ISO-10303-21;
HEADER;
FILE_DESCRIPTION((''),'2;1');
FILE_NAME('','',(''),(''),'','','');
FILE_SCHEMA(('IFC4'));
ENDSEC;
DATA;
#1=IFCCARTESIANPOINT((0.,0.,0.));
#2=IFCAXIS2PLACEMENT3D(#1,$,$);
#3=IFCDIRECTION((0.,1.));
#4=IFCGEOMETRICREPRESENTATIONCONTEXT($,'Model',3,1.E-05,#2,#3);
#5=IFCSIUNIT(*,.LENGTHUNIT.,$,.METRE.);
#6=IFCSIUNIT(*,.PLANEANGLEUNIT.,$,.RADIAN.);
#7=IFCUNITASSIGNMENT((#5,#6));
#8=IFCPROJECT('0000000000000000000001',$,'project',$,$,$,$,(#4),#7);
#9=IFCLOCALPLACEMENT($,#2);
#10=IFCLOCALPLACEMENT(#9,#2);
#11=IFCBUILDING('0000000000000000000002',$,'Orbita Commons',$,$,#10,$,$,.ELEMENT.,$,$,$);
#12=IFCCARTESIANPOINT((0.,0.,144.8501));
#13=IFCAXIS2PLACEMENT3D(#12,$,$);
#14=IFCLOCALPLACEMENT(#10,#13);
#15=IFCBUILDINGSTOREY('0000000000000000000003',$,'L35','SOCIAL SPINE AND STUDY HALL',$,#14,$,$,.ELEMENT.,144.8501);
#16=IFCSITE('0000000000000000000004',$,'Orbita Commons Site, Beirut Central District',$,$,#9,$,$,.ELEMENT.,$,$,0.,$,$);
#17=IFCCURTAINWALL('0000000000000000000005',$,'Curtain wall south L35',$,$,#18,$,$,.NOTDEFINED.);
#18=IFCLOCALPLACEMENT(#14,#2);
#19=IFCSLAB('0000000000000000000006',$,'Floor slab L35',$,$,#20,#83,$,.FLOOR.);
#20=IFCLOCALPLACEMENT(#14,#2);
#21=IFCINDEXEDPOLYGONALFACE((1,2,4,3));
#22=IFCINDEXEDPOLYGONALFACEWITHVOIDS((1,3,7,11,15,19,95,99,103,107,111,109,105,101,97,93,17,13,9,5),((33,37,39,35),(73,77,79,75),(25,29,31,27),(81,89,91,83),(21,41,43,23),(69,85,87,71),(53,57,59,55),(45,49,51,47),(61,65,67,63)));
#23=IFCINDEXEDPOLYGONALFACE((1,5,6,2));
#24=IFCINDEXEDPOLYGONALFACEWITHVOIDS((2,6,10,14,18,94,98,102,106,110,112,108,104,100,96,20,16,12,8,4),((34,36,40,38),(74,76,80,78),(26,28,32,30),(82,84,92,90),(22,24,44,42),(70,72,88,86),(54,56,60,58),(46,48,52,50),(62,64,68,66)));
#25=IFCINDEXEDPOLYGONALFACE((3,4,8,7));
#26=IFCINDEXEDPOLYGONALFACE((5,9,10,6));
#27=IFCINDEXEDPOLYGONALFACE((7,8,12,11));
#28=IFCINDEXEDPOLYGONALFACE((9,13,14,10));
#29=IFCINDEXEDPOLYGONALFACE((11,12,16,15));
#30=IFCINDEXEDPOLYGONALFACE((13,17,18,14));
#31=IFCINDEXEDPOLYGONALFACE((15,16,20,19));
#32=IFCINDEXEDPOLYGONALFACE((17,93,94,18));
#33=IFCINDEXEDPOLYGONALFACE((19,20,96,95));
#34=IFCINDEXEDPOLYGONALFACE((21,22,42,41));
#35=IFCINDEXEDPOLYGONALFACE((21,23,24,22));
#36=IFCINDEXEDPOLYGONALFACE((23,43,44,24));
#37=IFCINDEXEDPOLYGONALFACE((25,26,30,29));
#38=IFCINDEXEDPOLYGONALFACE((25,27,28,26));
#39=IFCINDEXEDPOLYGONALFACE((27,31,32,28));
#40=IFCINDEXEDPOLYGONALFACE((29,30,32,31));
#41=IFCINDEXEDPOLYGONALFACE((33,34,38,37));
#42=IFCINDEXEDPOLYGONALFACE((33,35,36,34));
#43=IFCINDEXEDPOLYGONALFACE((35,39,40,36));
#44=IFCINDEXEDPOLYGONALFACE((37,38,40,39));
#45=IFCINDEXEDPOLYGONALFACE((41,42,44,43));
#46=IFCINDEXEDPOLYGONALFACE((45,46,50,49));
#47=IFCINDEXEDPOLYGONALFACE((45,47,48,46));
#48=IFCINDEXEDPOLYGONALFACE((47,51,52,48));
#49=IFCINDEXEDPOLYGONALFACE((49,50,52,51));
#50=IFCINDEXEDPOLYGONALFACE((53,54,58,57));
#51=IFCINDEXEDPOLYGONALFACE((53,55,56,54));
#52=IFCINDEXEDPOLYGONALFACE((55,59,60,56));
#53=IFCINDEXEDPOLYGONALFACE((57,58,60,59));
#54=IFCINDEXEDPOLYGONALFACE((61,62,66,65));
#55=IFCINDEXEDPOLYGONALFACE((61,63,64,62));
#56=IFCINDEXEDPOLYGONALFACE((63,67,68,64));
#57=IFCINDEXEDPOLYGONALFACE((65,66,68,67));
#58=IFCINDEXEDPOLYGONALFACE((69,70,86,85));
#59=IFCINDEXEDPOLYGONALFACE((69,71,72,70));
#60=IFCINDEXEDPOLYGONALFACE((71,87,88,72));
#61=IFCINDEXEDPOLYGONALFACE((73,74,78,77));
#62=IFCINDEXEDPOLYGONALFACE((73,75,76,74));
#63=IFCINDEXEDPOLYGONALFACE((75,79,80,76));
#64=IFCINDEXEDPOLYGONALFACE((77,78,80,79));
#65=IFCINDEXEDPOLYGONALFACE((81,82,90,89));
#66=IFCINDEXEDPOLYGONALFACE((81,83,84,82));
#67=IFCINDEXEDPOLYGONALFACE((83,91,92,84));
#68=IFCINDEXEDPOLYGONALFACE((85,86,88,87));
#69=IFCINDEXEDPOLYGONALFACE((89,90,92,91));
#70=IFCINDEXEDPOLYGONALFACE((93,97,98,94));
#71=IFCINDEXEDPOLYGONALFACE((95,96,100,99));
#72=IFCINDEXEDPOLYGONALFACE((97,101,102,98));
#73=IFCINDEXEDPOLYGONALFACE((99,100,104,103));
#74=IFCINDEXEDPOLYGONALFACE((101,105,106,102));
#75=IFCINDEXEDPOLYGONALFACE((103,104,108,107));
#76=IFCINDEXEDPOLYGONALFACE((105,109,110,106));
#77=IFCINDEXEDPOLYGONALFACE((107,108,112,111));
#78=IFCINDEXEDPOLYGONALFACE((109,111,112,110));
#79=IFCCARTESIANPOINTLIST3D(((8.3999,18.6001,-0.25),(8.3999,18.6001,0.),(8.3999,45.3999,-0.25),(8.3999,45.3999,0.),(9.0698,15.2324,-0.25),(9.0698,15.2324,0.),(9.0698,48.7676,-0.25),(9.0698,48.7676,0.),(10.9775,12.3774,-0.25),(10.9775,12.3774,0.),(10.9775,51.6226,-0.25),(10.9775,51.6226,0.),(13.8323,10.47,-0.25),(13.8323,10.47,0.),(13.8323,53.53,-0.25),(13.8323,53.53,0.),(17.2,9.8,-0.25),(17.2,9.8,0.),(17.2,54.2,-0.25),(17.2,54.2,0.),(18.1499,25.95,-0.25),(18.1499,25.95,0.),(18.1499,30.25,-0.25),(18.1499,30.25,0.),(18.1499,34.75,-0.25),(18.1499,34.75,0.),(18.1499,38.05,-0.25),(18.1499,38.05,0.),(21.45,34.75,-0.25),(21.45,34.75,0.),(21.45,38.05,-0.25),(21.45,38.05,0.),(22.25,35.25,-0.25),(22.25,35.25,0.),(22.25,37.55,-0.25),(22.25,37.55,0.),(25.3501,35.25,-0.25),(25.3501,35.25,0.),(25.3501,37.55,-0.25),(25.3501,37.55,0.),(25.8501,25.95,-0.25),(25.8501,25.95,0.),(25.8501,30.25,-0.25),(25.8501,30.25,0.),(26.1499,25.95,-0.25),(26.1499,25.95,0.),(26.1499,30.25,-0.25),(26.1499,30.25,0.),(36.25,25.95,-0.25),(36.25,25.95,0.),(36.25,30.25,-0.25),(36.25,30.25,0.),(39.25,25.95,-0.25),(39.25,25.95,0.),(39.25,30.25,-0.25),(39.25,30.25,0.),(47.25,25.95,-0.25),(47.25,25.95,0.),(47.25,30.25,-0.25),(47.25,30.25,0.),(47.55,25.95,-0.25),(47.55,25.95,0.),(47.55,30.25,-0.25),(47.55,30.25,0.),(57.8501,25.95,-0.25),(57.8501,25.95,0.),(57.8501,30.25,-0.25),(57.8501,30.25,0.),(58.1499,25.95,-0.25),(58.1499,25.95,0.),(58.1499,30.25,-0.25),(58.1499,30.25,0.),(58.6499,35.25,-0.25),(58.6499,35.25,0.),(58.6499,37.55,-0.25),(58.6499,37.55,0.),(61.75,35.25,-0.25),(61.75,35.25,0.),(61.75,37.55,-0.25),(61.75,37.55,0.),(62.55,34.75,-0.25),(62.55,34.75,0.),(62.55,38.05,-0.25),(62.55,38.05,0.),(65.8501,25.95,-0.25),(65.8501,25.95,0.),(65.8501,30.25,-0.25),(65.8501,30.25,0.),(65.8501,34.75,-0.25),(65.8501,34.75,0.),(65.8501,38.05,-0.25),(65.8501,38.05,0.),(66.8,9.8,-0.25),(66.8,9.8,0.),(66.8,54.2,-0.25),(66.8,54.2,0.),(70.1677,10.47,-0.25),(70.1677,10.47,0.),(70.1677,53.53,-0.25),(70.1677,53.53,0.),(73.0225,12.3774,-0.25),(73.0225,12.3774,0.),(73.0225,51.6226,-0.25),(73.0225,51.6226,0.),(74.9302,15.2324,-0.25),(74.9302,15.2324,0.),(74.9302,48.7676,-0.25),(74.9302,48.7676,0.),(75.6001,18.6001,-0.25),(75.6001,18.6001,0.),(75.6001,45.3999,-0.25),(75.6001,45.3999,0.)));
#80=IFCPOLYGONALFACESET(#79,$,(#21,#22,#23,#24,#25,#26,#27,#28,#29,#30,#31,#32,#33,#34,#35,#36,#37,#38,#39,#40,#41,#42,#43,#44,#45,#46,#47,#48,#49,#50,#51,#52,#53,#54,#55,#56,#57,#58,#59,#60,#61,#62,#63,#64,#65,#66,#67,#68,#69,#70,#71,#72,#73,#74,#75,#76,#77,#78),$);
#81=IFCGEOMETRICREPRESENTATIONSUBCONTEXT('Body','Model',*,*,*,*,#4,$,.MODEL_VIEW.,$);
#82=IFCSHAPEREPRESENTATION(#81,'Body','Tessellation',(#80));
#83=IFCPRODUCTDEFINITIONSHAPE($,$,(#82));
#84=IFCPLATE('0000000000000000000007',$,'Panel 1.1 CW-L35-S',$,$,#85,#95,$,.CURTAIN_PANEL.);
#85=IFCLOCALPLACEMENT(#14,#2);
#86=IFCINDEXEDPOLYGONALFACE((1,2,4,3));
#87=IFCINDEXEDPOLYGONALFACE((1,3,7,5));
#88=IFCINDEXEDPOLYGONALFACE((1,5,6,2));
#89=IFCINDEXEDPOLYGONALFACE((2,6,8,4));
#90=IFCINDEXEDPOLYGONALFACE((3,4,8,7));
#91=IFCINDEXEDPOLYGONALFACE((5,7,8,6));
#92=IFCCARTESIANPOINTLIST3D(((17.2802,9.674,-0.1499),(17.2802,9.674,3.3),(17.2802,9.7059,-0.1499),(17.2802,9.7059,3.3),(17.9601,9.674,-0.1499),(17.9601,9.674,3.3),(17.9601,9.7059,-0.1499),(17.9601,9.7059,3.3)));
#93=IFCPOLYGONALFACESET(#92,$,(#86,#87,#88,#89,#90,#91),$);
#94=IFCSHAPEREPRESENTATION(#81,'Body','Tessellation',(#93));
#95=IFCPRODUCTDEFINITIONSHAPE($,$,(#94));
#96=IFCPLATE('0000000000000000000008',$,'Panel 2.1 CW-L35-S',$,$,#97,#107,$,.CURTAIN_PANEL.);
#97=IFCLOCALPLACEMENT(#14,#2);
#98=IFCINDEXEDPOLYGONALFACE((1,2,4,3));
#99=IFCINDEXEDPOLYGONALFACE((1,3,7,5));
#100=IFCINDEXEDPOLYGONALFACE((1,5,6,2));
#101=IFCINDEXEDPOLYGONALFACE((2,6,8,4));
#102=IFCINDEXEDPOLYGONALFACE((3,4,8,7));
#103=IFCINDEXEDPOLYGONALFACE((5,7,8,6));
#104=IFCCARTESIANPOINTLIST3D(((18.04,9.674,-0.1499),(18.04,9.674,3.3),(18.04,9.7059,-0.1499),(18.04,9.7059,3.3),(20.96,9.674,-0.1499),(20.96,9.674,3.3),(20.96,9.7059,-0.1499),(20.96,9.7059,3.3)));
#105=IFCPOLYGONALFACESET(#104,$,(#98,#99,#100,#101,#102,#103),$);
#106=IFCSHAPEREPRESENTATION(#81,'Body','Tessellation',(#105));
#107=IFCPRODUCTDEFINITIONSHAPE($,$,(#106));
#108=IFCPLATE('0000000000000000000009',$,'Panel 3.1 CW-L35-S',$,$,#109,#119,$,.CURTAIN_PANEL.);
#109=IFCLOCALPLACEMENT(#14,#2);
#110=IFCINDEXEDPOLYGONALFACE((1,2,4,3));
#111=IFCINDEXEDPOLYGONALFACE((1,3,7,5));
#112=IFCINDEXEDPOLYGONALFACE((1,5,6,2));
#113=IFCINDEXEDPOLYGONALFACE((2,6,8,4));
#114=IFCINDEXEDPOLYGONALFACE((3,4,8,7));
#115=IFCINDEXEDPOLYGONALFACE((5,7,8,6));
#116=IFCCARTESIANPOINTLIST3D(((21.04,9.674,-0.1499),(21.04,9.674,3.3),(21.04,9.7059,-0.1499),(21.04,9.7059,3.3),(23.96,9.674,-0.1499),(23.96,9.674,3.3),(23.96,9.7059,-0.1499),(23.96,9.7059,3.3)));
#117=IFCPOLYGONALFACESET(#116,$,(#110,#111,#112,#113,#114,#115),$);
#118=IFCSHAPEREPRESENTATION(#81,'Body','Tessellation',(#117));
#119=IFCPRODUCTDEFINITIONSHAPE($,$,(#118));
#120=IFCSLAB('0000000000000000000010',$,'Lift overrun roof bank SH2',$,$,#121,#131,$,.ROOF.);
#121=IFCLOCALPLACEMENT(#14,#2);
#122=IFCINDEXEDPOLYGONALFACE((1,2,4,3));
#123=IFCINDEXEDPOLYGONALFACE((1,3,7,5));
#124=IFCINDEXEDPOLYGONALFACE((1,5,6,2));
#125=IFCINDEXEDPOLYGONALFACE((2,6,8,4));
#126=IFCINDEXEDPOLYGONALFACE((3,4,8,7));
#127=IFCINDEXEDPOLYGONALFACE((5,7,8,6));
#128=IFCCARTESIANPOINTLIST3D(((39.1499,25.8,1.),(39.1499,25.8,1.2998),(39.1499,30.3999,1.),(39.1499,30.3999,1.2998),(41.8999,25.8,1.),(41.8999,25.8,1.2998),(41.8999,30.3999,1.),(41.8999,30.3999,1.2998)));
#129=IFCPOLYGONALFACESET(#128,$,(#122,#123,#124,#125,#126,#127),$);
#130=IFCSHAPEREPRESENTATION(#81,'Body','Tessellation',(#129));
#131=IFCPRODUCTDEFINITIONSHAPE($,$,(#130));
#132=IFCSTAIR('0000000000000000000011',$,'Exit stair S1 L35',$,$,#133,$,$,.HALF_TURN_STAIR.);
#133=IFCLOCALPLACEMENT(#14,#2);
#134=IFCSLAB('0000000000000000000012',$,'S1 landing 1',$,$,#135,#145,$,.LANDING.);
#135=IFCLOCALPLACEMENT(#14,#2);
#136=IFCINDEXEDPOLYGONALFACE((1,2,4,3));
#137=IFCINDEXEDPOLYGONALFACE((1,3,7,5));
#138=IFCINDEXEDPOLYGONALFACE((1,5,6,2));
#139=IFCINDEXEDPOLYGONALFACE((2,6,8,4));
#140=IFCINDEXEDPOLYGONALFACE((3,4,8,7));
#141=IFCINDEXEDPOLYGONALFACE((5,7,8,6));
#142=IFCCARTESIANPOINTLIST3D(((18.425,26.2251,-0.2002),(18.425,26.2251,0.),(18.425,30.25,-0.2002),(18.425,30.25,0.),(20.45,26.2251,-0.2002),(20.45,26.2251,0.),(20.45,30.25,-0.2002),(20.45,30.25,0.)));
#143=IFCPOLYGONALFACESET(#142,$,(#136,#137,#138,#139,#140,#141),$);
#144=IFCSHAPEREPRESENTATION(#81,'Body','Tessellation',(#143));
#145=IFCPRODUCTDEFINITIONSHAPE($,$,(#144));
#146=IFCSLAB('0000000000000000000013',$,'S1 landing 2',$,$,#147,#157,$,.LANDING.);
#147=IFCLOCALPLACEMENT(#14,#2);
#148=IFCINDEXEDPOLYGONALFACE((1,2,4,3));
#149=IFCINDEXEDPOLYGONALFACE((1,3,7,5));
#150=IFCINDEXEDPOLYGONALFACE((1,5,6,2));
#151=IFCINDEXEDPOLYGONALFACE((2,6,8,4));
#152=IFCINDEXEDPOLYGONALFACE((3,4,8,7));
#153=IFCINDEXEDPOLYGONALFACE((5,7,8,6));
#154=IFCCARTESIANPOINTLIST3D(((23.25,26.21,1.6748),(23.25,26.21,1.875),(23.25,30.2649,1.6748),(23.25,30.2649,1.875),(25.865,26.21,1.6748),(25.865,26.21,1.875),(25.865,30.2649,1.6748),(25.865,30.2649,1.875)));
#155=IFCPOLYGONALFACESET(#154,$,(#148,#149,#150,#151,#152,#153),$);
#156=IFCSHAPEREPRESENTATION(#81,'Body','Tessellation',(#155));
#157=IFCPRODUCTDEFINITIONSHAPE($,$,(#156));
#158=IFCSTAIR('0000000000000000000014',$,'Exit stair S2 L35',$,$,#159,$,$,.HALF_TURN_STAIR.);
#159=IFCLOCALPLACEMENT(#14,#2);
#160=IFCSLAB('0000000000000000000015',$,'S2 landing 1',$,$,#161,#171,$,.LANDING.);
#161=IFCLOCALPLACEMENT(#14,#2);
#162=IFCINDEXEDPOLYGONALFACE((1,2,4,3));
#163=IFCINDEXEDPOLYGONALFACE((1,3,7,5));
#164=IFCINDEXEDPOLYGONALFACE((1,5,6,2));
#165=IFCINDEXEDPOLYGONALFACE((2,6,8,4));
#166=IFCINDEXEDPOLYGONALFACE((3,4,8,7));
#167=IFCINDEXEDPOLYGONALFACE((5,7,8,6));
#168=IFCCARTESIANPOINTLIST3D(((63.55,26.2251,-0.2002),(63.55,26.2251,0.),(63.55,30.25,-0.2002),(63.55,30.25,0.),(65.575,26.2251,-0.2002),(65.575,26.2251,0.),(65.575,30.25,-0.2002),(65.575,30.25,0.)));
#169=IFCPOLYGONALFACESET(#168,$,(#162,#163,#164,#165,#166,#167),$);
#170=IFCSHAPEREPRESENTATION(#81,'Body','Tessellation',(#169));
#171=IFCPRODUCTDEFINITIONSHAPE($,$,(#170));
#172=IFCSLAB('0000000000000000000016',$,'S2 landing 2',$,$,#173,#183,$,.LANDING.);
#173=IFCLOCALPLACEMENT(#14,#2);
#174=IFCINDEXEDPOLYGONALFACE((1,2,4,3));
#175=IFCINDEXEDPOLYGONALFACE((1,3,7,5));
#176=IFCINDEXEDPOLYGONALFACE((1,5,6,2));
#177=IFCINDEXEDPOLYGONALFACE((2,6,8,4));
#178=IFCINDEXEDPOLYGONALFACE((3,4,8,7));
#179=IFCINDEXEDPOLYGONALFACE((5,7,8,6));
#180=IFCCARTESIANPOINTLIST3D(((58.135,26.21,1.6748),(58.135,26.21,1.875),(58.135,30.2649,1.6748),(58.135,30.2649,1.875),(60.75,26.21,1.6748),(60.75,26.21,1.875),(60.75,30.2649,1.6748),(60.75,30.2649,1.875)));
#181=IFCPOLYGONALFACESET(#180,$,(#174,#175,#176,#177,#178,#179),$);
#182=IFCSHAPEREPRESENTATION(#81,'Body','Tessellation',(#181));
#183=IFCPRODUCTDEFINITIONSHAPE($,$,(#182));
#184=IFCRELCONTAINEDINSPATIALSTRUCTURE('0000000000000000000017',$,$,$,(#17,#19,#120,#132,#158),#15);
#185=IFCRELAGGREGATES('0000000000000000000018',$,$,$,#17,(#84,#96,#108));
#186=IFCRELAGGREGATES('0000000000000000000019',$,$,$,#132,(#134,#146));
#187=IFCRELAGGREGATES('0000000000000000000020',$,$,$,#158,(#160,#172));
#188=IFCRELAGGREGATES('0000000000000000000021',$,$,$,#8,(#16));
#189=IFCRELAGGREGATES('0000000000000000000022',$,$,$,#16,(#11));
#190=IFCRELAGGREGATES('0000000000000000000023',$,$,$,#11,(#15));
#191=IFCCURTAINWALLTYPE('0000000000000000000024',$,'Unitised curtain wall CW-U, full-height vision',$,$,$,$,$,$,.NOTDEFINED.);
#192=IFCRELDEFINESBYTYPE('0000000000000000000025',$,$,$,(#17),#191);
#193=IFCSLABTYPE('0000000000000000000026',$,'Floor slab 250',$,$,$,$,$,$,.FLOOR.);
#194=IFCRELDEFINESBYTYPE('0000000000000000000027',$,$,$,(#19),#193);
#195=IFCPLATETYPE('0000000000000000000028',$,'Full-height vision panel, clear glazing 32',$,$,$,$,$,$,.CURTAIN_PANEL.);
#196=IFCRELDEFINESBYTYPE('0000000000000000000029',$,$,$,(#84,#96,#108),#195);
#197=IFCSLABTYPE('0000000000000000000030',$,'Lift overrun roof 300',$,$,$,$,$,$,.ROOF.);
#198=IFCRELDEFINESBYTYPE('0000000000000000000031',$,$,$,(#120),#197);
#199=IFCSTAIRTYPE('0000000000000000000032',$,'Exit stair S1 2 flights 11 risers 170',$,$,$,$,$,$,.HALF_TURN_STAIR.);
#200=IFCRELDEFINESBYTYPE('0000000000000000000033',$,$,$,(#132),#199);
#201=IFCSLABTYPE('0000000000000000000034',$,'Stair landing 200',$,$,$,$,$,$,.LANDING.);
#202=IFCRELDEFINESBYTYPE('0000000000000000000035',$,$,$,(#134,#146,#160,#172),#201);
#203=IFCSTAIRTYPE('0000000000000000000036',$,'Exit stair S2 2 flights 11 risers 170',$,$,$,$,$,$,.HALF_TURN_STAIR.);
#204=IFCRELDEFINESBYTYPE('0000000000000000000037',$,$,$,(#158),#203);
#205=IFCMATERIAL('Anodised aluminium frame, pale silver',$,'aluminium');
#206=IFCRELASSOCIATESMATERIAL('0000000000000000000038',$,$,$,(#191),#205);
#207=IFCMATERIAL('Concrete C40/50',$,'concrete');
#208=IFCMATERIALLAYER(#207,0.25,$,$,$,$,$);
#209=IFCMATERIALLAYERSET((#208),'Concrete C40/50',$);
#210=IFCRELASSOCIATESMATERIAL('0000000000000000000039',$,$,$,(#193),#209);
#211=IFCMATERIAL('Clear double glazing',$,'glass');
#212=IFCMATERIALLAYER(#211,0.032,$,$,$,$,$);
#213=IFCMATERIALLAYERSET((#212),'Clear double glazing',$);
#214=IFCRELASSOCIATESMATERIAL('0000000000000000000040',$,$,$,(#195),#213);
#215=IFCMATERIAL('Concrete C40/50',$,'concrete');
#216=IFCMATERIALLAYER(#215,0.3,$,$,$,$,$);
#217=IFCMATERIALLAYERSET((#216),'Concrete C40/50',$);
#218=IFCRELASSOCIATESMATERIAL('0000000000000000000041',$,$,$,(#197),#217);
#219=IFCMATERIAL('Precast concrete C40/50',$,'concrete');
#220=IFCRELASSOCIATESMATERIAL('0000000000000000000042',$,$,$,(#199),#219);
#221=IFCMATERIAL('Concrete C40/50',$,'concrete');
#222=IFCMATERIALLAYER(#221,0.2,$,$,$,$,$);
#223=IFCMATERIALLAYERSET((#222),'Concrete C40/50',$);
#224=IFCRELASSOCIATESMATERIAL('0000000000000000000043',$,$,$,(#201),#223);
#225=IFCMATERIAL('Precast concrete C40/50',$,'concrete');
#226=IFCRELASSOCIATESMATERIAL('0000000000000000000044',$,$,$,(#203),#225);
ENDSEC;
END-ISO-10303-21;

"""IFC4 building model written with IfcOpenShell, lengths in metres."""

from ifc_helpers import new_model, si_unit, direction, frame, origin, origin_2d, place, context, subcontext, project, spatial, polyline, rectangle, outline, extrude, material, layer, layer_set, type_object, element, aggregate, save


model = new_model("IFC4")

# Units and contexts
model_context = context("Model", 3, precision=1e-05, world=origin(), true_north=direction((0.0, 1.0)))
body_context = subcontext(model_context, "Body", "Model", "MODEL_VIEW")
ifc_project = project(units=[si_unit("LENGTHUNIT", "METRE"), si_unit("PLANEANGLEUNIT", "RADIAN")], contexts=[model_context])

# Site, building, storey
site_placement = place(None, origin())
site = spatial("IfcSite", under=ifc_project, at=site_placement, Name="Orbita Commons Site, Beirut Central District", CompositionType="ELEMENT", RefElevation=0.0)
building_placement = place(site_placement, origin())
building = spatial("IfcBuilding", under=site, at=building_placement, Name="Orbita Commons", CompositionType="ELEMENT")
storey_placement = place(building_placement, frame((0.0, 0.0, 144.8501)))
storey = spatial("IfcBuildingStorey", under=building, at=storey_placement, Name="L35", Description="SOCIAL SPINE AND STUDY HALL", CompositionType="ELEMENT", Elevation=144.8501)

# Curtain wall
ifc_material_1 = material(Name="Anodised aluminium frame, pale silver", Category="aluminium")
curtain_wall_type = type_object("IfcCurtainWallType", Name="Unitised curtain wall CW-U, full-height vision", PredefinedType="NOTDEFINED", material=ifc_material_1)
curtain_wall_placement = place(storey_placement, origin())
curtain_wall = element("IfcCurtainWall", 1, at=curtain_wall_placement, inside=storey, type_object=curtain_wall_type, Name="Curtain wall south L35", PredefinedType="NOTDEFINED")

# Slab
ifc_material_2 = material(Name="Concrete C40/50", Category="concrete")
ifc_layer_1 = layer(ifc_material_2, 0.25)
ifc_layer_set_1 = layer_set([ifc_layer_1], Name="Concrete C40/50")
slab_type_1 = type_object("IfcSlabType", Name="Floor slab 250", PredefinedType="FLOOR", material=ifc_layer_set_1)
slab_1_placement = place(storey_placement, frame((0.0, 0.0, -0.25)))
element("IfcSlab", 2, at=slab_1_placement, inside=storey, type_object=slab_type_1, Name="Floor slab L35", PredefinedType="FLOOR", context=body_context, shape_type="SweptSolid", body=[
    extrude(outline(polyline([(66.8, 9.8), (70.1677, 10.47), (73.0225, 12.3774), (74.9302, 15.2324), (75.6001, 18.6001), (75.6001, 45.3999), (74.9302, 48.7676), (73.0225, 51.6226), (70.1677, 53.53), (66.8, 54.2), (17.2, 54.2), (13.8323, 53.53), (10.9775, 51.6226), (9.0698, 48.7676), (8.3999, 45.3999), (8.3999, 18.6001), (9.0698, 15.2324), (10.9775, 12.3774), (13.8323, 10.47), (17.2, 9.8), (66.8, 9.8)]), holes=[polyline([(18.1499, 25.95), (25.8501, 25.95), (25.8501, 30.25), (18.1499, 30.25), (18.1499, 25.95)]), polyline([(58.1499, 25.95), (65.8501, 25.95), (65.8501, 30.25), (58.1499, 30.25), (58.1499, 25.95)]), polyline([(18.1499, 34.75), (21.45, 34.75), (21.45, 38.05), (18.1499, 38.05), (18.1499, 34.75)]), polyline([(62.55, 34.75), (65.8501, 34.75), (65.8501, 38.05), (62.55, 38.05), (62.55, 34.75)]), polyline([(22.25, 35.25), (25.3501, 35.25), (25.3501, 37.55), (22.25, 37.55), (22.25, 35.25)]), polyline([(58.6499, 35.25), (61.75, 35.25), (61.75, 37.55), (58.6499, 37.55), (58.6499, 35.25)]), polyline([(26.1499, 25.95), (36.25, 25.95), (36.25, 30.25), (26.1499, 30.25), (26.1499, 25.95)]), polyline([(39.25, 25.95), (47.25, 25.95), (47.25, 30.25), (39.25, 30.25), (39.25, 25.95)]), polyline([(47.55, 25.95), (57.8501, 25.95), (57.8501, 30.25), (47.55, 30.25), (47.55, 25.95)])]), origin(), (0.0, 0.0, 1.0), 0.25),
])

# Plates
ifc_material_3 = material(Name="Clear double glazing", Category="glass")
ifc_layer_2 = layer(ifc_material_3, 0.032)
ifc_layer_set_2 = layer_set([ifc_layer_2], Name="Clear double glazing")
plate_type = type_object("IfcPlateType", Name="Full-height vision panel, clear glazing 32", PredefinedType="CURTAIN_PANEL", material=ifc_layer_set_2)
plate_1_placement = place(storey_placement, frame((17.6201, 9.6899, -0.1499), z_axis=(0.0, 0.0, 1.0), x_axis=(1.0, 0.0, 0.0)))
plate_1 = element("IfcPlate", 3, at=plate_1_placement, type_object=plate_type, Name="Panel 1.1 CW-L35-S", PredefinedType="CURTAIN_PANEL", context=body_context, shape_type="SweptSolid", body=[
    extrude(rectangle(XDim=0.6799, YDim=0.032, at=origin_2d()), origin(), (0.0, 0.0, 1.0), 3.45),
])
plate_2_placement = place(storey_placement, frame((19.5, 9.6899, -0.1499), z_axis=(0.0, 0.0, 1.0), x_axis=(1.0, 0.0, 0.0)))
plate_2 = element("IfcPlate", 4, at=plate_2_placement, type_object=plate_type, Name="Panel 2.1 CW-L35-S", PredefinedType="CURTAIN_PANEL", context=body_context, shape_type="SweptSolid", body=[
    extrude(rectangle(XDim=2.9199, YDim=0.032, at=origin_2d()), origin(), (0.0, 0.0, 1.0), 3.45),
])
plate_3_placement = place(storey_placement, frame((22.5, 9.6899, -0.1499), z_axis=(0.0, 0.0, 1.0), x_axis=(1.0, 0.0, 0.0)))
plate_3 = element("IfcPlate", 5, at=plate_3_placement, type_object=plate_type, Name="Panel 3.1 CW-L35-S", PredefinedType="CURTAIN_PANEL", context=body_context, shape_type="SweptSolid", body=[
    extrude(rectangle(XDim=2.9199, YDim=0.032, at=origin_2d()), origin(), (0.0, 0.0, 1.0), 3.45),
])
aggregate(curtain_wall, [plate_1, plate_2, plate_3])

# Slab
ifc_material_4 = material(Name="Concrete C40/50", Category="concrete")
ifc_layer_3 = layer(ifc_material_4, 0.3)
ifc_layer_set_3 = layer_set([ifc_layer_3], Name="Concrete C40/50")
slab_type_2 = type_object("IfcSlabType", Name="Lift overrun roof 300", PredefinedType="ROOF", material=ifc_layer_set_3)
slab_2_placement = place(storey_placement, frame((0.0, 0.0, 1.0)))
element("IfcSlab", 6, at=slab_2_placement, inside=storey, type_object=slab_type_2, Name="Lift overrun roof bank SH2", PredefinedType="ROOF", context=body_context, shape_type="SweptSolid", body=[
    extrude(outline(polyline([(39.1499, 25.8), (41.8999, 25.8), (41.8999, 30.3999), (39.1499, 30.3999), (39.1499, 25.8)])), origin(), (0.0, 0.0, 1.0), 0.2998),
])

# Stairs, slabs
ifc_material_5 = material(Name="Precast concrete C40/50", Category="concrete")
stair_type_1 = type_object("IfcStairType", Name="Exit stair S1 2 flights 11 risers 170", PredefinedType="HALF_TURN_STAIR", material=ifc_material_5)
stair_1_placement = place(storey_placement, origin())
stair_1 = element("IfcStair", 7, at=stair_1_placement, inside=storey, type_object=stair_type_1, Name="Exit stair S1 L35", PredefinedType="HALF_TURN_STAIR")
ifc_material_6 = material(Name="Concrete C40/50", Category="concrete")
ifc_layer_4 = layer(ifc_material_6, 0.2)
ifc_layer_set_4 = layer_set([ifc_layer_4], Name="Concrete C40/50")
slab_type_3 = type_object("IfcSlabType", Name="Stair landing 200", PredefinedType="LANDING", material=ifc_layer_set_4)
slab_3_placement = place(storey_placement, frame((0.0, 0.0, -0.2002)))
slab_3 = element("IfcSlab", 8, at=slab_3_placement, type_object=slab_type_3, Name="S1 landing 1", PredefinedType="LANDING", context=body_context, shape_type="SweptSolid", body=[
    extrude(outline(polyline([(18.425, 26.2251), (20.45, 26.2251), (20.45, 30.25), (18.425, 30.25), (18.425, 26.2251)])), origin(), (0.0, 0.0, 1.0), 0.2002),
])
slab_4_placement = place(storey_placement, frame((0.0, 0.0, 1.6748)))
slab_4 = element("IfcSlab", 9, at=slab_4_placement, type_object=slab_type_3, Name="S1 landing 2", PredefinedType="LANDING", context=body_context, shape_type="SweptSolid", body=[
    extrude(outline(polyline([(23.25, 26.21), (25.865, 26.21), (25.865, 30.2649), (23.25, 30.2649), (23.25, 26.21)])), origin(), (0.0, 0.0, 1.0), 0.2002),
])
aggregate(stair_1, [slab_3, slab_4])
ifc_material_7 = material(Name="Precast concrete C40/50", Category="concrete")
stair_type_2 = type_object("IfcStairType", Name="Exit stair S2 2 flights 11 risers 170", PredefinedType="HALF_TURN_STAIR", material=ifc_material_7)
stair_2_placement = place(storey_placement, origin())
stair_2 = element("IfcStair", 10, at=stair_2_placement, inside=storey, type_object=stair_type_2, Name="Exit stair S2 L35", PredefinedType="HALF_TURN_STAIR")
slab_5_placement = place(storey_placement, frame((0.0, 0.0, -0.2002)))
slab_5 = element("IfcSlab", 11, at=slab_5_placement, type_object=slab_type_3, Name="S2 landing 1", PredefinedType="LANDING", context=body_context, shape_type="SweptSolid", body=[
    extrude(outline(polyline([(63.55, 26.2251), (65.575, 26.2251), (65.575, 30.25), (63.55, 30.25), (63.55, 26.2251)])), origin(), (0.0, 0.0, 1.0), 0.2002),
])
slab_6_placement = place(storey_placement, frame((0.0, 0.0, 1.6748)))
slab_6 = element("IfcSlab", 12, at=slab_6_placement, type_object=slab_type_3, Name="S2 landing 2", PredefinedType="LANDING", context=body_context, shape_type="SweptSolid", body=[
    extrude(outline(polyline([(58.135, 26.21), (60.75, 26.21), (60.75, 30.2649), (58.135, 30.2649), (58.135, 26.21)])), origin(), (0.0, 0.0, 1.0), 0.2002),
])
aggregate(stair_2, [slab_5, slab_6])

save(model, "model.ifc")
